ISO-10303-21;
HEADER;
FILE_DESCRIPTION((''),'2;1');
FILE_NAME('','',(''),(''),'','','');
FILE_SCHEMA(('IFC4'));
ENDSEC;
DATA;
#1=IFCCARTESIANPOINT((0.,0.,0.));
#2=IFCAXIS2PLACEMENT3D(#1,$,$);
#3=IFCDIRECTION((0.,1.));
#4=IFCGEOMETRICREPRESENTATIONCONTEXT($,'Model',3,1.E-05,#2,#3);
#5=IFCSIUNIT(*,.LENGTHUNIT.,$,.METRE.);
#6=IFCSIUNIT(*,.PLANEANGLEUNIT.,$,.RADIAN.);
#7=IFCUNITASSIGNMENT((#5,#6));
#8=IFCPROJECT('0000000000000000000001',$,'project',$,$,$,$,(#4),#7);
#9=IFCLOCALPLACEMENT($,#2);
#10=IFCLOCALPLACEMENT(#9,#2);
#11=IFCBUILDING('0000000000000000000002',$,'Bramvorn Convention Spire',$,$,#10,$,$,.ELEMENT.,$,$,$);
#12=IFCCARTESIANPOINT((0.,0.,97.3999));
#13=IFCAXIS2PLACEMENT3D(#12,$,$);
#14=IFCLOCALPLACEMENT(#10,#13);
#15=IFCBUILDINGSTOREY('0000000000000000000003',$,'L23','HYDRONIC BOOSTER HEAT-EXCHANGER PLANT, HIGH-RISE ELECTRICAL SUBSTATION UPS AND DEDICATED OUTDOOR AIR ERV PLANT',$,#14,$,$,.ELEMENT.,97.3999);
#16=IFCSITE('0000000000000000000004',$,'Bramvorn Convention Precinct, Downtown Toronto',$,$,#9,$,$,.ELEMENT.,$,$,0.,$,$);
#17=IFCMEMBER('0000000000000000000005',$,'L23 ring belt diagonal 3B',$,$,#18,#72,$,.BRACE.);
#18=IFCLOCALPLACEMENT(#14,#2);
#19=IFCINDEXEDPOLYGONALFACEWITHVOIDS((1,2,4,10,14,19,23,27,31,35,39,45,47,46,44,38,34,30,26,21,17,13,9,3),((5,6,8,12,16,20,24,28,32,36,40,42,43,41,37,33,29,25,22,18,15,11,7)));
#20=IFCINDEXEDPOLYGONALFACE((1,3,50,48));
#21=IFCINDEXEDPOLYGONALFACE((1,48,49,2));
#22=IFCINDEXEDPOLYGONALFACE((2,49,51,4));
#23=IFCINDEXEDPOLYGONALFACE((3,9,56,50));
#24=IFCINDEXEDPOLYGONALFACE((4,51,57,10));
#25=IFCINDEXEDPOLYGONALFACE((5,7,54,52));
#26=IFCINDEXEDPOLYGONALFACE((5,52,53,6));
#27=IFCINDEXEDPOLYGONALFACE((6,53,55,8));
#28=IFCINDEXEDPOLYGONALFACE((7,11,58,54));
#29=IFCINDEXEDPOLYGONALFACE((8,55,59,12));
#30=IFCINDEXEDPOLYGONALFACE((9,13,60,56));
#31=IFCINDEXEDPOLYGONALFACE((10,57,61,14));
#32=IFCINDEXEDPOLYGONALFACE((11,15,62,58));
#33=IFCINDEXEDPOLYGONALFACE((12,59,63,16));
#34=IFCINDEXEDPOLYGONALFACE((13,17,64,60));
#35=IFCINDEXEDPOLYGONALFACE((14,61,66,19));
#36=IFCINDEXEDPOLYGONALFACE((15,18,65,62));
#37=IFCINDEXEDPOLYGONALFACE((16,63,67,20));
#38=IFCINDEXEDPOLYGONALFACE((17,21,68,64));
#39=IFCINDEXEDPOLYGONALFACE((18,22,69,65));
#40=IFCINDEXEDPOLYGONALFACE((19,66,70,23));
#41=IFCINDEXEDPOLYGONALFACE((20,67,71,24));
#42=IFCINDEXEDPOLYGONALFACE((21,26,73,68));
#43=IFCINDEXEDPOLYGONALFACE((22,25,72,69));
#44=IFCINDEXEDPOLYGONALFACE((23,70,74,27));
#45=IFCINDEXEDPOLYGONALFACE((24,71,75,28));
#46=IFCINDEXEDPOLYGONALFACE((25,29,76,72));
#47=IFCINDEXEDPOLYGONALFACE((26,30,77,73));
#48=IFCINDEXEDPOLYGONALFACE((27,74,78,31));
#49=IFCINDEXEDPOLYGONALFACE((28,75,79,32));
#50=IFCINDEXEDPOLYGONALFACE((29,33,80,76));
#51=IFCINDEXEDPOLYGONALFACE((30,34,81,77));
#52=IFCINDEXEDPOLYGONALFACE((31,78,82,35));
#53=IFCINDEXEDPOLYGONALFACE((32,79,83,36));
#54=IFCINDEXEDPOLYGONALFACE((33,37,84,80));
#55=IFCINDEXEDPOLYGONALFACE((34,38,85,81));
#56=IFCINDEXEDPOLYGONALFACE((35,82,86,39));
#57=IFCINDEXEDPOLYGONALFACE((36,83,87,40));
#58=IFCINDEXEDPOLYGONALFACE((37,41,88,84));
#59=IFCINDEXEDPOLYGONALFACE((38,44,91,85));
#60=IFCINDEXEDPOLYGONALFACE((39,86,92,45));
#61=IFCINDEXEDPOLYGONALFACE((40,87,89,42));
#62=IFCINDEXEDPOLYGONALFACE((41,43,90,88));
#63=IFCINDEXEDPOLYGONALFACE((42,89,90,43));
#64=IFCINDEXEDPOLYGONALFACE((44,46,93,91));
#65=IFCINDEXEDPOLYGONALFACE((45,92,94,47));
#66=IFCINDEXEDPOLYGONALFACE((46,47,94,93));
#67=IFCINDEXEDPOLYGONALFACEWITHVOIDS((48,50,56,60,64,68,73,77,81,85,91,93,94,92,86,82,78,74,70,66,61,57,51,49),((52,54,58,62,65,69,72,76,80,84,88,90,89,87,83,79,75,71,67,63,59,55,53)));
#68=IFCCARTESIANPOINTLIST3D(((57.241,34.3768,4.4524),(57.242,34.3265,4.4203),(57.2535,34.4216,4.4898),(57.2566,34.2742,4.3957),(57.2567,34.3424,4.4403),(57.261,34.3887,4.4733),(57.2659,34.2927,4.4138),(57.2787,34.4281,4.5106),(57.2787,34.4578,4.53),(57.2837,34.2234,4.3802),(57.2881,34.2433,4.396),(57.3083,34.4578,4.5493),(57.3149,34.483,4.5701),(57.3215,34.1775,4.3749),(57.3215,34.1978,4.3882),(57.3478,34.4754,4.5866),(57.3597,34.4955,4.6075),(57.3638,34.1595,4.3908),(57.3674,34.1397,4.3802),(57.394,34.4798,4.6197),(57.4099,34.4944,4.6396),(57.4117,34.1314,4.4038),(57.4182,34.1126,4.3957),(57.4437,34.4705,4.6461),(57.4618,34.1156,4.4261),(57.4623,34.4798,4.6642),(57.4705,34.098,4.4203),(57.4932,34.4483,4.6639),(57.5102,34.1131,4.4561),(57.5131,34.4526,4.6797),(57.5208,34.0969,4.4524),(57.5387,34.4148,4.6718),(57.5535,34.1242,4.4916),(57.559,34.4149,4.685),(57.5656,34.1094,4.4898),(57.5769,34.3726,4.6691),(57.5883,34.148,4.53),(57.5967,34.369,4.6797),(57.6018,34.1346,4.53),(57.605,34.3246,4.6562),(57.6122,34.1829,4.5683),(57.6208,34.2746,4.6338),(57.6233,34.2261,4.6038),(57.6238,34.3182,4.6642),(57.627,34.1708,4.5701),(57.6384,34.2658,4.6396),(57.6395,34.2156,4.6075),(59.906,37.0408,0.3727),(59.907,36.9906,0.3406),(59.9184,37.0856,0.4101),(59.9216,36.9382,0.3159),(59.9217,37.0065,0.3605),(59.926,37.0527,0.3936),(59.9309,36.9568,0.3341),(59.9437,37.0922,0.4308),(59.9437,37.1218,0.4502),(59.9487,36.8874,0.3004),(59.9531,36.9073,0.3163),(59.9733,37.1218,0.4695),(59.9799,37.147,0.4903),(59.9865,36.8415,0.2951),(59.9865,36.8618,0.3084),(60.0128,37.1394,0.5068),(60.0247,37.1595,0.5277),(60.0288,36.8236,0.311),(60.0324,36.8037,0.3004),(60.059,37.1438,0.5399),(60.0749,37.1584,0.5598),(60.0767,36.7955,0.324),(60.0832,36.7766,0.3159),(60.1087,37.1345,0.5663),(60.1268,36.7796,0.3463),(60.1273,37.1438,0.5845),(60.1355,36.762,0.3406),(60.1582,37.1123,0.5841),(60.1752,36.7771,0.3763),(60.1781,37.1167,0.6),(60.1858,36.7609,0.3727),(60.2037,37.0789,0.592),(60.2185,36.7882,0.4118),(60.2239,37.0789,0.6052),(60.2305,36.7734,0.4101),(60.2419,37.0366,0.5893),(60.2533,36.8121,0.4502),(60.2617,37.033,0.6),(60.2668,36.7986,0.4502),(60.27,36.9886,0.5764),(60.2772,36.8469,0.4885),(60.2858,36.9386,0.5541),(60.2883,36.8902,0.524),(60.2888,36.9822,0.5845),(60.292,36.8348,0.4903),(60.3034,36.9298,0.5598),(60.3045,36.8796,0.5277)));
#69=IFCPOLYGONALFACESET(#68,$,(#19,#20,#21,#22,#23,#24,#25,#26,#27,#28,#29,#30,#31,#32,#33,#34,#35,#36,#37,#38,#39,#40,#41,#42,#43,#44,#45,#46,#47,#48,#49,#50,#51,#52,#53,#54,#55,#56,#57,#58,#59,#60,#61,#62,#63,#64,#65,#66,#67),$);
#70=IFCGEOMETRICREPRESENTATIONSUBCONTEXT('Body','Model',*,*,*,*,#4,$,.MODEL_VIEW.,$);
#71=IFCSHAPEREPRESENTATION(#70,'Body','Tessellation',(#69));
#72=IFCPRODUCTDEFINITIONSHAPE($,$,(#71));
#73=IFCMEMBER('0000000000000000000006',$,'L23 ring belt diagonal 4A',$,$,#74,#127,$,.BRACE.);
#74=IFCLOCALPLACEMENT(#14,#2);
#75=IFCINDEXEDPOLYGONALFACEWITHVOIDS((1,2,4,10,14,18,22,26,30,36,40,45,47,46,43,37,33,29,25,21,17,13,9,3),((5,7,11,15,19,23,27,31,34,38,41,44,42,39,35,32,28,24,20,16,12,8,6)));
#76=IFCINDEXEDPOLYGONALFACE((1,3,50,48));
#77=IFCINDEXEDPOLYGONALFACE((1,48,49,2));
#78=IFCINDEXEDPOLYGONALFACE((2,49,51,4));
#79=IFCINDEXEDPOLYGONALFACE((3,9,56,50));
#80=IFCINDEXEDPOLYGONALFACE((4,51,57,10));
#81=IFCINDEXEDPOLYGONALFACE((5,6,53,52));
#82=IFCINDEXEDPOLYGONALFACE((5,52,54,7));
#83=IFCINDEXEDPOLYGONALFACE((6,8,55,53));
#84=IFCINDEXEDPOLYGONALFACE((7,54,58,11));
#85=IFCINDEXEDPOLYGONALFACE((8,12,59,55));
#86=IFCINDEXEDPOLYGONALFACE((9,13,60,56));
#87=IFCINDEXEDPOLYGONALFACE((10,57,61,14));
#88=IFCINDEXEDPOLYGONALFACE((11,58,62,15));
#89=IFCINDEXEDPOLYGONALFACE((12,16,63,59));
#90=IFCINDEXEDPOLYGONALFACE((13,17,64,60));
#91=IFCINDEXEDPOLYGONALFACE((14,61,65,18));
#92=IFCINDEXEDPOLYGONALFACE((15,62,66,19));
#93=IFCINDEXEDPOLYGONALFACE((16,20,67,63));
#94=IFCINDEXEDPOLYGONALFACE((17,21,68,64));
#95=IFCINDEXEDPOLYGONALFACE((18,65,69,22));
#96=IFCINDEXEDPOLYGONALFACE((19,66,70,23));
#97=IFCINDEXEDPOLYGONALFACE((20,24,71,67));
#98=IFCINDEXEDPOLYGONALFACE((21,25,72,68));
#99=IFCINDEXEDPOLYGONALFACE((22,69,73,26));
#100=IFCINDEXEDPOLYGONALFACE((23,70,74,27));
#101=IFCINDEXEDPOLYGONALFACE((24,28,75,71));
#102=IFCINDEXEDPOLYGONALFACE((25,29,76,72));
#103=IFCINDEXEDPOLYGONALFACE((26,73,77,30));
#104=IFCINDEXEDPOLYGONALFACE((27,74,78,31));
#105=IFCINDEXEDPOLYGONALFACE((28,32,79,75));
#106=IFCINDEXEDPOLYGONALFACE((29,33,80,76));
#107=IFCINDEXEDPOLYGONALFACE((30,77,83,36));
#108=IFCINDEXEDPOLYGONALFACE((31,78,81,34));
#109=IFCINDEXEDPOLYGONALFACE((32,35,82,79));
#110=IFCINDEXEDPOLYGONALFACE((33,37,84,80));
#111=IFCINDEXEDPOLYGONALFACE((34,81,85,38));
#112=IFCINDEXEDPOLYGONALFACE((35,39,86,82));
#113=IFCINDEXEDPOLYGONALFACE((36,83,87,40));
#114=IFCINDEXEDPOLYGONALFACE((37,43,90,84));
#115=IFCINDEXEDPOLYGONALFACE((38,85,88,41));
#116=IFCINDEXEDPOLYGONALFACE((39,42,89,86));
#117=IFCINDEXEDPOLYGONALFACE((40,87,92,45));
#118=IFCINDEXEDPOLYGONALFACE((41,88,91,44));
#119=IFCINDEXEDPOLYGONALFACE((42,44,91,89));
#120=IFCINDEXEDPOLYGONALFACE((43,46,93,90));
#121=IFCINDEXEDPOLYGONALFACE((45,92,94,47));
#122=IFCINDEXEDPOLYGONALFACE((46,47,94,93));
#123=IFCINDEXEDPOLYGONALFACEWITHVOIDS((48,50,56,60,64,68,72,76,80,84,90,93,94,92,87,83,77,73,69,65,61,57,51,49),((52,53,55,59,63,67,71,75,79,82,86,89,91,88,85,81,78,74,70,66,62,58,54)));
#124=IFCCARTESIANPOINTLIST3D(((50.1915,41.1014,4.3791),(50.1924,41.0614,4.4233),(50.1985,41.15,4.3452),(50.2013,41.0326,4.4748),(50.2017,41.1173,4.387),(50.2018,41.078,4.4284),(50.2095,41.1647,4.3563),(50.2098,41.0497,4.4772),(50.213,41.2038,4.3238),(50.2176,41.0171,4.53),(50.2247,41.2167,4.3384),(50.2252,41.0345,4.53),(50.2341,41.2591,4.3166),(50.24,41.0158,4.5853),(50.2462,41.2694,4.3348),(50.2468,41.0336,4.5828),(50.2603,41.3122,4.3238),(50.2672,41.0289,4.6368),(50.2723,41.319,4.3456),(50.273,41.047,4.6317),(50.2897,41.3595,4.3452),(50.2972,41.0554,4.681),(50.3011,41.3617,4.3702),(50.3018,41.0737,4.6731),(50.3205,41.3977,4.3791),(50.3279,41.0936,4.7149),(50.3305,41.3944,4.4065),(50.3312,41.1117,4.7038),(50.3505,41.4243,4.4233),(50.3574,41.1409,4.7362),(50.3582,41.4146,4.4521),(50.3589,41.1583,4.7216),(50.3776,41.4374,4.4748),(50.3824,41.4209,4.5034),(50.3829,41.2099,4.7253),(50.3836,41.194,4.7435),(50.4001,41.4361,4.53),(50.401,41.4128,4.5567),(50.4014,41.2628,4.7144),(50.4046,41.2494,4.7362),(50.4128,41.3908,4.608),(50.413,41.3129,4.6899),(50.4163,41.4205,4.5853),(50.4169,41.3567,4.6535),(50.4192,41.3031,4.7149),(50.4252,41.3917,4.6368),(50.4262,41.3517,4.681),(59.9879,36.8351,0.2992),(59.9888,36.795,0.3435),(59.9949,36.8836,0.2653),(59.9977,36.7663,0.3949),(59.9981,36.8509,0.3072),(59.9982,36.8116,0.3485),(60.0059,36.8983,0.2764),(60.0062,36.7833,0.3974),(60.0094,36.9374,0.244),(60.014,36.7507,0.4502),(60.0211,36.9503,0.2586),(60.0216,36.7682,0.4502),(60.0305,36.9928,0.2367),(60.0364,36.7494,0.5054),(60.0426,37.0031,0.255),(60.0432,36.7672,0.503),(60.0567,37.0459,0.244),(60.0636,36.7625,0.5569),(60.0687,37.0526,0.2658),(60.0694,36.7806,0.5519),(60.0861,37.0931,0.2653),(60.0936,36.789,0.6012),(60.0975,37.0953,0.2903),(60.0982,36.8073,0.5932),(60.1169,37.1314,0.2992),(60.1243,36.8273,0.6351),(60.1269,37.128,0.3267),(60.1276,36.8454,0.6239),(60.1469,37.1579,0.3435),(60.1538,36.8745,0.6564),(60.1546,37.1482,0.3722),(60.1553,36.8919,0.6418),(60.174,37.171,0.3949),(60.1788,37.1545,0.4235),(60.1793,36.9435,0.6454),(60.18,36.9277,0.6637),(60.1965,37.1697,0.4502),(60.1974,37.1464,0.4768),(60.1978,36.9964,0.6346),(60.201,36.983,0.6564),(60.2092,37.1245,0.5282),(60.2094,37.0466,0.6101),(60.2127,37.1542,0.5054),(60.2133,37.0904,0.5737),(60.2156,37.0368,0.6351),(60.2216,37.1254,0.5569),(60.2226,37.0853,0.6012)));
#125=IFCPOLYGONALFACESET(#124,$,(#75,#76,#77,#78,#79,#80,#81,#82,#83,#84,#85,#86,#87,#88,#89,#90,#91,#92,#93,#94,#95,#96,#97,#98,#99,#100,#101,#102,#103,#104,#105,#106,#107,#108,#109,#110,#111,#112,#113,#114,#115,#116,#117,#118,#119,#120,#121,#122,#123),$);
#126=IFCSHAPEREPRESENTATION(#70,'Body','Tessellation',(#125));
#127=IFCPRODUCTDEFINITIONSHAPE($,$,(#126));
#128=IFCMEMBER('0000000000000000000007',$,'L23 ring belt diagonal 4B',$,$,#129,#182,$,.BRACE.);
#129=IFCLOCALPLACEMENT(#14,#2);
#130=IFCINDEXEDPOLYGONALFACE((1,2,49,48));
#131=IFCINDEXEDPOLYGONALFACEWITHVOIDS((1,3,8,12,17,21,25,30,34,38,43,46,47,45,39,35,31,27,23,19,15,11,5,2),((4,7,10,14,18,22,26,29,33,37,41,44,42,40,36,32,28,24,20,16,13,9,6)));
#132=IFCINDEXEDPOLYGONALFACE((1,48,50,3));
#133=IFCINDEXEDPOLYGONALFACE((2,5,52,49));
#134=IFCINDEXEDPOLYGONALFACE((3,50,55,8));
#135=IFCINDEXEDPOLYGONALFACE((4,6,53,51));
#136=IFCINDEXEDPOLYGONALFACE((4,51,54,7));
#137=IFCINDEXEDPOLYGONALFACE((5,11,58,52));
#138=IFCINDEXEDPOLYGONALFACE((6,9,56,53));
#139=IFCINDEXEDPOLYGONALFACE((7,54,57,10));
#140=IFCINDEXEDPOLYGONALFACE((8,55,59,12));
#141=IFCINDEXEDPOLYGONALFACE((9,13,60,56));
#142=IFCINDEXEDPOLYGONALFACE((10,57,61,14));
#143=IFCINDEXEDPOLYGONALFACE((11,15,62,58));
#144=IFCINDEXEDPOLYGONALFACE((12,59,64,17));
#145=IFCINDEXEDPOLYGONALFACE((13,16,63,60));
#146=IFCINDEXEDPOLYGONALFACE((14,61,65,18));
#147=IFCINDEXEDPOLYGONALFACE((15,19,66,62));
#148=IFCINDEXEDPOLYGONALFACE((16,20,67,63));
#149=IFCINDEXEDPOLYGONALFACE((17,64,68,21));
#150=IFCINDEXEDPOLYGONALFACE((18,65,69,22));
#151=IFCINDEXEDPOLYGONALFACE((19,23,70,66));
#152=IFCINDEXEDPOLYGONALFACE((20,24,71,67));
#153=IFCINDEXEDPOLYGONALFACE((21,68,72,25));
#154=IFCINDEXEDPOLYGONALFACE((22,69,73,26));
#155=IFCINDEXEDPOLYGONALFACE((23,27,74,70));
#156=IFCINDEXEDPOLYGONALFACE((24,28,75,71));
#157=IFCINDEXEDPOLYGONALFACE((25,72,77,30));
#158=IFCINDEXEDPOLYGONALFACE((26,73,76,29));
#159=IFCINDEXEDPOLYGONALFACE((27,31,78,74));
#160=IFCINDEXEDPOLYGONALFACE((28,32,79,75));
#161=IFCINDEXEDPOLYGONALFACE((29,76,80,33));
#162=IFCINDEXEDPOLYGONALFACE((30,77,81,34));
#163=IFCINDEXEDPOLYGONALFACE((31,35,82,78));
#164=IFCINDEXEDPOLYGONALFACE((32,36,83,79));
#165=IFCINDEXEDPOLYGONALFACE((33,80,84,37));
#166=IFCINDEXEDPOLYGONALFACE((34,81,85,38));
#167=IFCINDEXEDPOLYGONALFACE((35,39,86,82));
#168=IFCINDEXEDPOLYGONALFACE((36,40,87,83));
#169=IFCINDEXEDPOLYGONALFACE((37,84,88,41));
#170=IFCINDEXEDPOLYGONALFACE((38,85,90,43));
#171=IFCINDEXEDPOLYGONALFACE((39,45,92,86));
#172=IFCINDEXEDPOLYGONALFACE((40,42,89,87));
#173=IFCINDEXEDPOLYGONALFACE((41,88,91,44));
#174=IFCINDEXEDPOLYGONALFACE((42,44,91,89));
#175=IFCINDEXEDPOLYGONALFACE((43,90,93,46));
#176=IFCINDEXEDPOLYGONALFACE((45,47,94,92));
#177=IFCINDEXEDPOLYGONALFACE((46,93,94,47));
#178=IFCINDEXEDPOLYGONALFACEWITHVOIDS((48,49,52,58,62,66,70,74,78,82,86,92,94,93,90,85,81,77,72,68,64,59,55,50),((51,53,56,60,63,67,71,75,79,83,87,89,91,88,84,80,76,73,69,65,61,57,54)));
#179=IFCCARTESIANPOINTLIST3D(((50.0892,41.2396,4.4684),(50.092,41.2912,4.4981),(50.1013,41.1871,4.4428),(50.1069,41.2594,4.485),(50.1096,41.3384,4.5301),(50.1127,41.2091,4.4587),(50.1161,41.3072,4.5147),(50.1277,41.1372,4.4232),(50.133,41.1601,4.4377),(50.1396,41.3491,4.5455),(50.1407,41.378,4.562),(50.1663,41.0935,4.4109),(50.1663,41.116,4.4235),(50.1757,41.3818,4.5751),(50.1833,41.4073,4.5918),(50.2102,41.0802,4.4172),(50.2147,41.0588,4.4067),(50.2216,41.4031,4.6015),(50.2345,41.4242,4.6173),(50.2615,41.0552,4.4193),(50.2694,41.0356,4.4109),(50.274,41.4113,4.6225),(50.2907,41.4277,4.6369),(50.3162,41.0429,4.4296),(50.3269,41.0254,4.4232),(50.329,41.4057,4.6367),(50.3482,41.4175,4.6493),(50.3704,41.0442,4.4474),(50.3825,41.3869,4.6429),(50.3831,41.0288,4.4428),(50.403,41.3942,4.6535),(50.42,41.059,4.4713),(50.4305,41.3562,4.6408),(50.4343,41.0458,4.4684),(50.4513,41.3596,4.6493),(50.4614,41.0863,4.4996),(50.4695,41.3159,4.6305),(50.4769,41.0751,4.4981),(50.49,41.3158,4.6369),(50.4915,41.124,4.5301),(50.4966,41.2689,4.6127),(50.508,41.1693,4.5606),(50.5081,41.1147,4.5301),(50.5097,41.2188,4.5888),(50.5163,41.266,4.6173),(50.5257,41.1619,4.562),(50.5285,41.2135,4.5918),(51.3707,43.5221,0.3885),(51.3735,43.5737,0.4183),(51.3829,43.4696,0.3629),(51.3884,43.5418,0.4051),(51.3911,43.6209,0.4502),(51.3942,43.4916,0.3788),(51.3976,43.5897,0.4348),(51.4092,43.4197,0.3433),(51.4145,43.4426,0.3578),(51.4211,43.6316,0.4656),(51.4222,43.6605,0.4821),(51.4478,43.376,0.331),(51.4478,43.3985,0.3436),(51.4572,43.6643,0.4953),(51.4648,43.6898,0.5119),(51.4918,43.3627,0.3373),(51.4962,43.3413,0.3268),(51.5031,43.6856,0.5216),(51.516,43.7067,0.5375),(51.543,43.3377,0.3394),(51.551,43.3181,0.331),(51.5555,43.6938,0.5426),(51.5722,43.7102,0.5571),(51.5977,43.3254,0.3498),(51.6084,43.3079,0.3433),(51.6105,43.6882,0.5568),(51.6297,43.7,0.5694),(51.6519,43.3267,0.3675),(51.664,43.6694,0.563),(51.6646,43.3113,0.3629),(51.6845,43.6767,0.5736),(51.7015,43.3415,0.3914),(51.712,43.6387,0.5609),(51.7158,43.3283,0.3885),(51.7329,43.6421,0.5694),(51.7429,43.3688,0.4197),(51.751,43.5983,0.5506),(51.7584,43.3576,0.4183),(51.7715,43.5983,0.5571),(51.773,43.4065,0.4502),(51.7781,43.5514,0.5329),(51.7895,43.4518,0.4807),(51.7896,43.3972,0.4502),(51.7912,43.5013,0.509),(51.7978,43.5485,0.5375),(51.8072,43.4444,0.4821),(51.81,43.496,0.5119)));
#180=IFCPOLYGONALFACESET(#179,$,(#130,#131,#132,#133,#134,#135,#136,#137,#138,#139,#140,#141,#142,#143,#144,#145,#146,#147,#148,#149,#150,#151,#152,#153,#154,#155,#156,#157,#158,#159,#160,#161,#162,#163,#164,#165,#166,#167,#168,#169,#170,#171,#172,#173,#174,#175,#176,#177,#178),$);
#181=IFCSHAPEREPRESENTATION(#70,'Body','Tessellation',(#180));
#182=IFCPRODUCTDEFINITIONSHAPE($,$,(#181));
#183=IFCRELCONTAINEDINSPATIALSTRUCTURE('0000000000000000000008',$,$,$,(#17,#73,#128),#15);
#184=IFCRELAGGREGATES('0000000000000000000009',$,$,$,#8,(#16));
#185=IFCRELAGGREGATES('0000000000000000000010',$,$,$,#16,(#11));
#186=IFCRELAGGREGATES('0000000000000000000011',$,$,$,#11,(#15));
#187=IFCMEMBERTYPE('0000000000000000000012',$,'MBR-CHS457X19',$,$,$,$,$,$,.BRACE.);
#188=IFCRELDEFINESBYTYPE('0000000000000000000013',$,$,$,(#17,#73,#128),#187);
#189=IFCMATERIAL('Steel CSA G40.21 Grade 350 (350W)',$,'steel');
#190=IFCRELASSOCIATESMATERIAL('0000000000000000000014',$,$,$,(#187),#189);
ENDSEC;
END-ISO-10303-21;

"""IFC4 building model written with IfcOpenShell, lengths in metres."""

from ifc_helpers import new_model, si_unit, direction, frame, origin, origin_2d, place, context, subcontext, project, spatial, hollow_circle, extrude, material, material_profile, profile_set, type_object, element, save


model = new_model("IFC4")

# Units and contexts
model_context = context("Model", 3, precision=1e-05, world=origin(), true_north=direction((0.0, 1.0)))
body_context = subcontext(model_context, "Body", "Model", "MODEL_VIEW")
ifc_project = project(units=[si_unit("LENGTHUNIT", "METRE"), si_unit("PLANEANGLEUNIT", "RADIAN")], contexts=[model_context])

# Site, building, storey
site_placement = place(None, origin())
site = spatial("IfcSite", under=ifc_project, at=site_placement, Name="Bramvorn Convention Precinct, Downtown Toronto", CompositionType="ELEMENT", RefElevation=0.0)
building_placement = place(site_placement, origin())
building = spatial("IfcBuilding", under=site, at=building_placement, Name="Bramvorn Convention Spire", CompositionType="ELEMENT")
storey_placement = place(building_placement, frame((0.0, 0.0, 97.3999)))
storey = spatial("IfcBuildingStorey", under=building, at=storey_placement, Name="L23", Description="HYDRONIC BOOSTER HEAT-EXCHANGER PLANT, HIGH-RISE ELECTRICAL SUBSTATION UPS AND DEDICATED OUTDOOR AIR ERV PLANT", CompositionType="ELEMENT", Elevation=97.3999)

# Shared definitions
ifc_material_1 = material(Name="Steel CSA G40.21 Grade 350 (350W)", Category="steel")

# Members
ifc_material_profile_1 = material_profile(ifc_material_1, hollow_circle(Radius=0.2285, WallThickness=0.019, at=origin_2d()))
ifc_profile_set_1 = profile_set([ifc_material_profile_1], Name="Steel CSA G40.21 Grade 350 (350W) - CHS457X19")
member_type_1 = type_object("IfcMemberType", Name="MBR-CHS457X19", PredefinedType="BRACE", material=ifc_profile_set_1)
member_1_placement = place(storey_placement, frame((60.1052, 36.9602, 0.4502), z_axis=(-0.479859, -0.479683, 0.734602), x_axis=(0.706977, -0.707236, 0.0)))
element("IfcMember", 1, at=member_1_placement, inside=storey, type_object=member_type_1, Name="L23 ring belt diagonal 3B", PredefinedType="BRACE", context=body_context, shape_type="SweptSolid", body=[
    extrude(hollow_circle(Radius=0.2285, WallThickness=0.019, at=origin_2d()), origin(), (0.0, 0.0, 1.0), 5.5537),
])
member_2_placement = place(storey_placement, frame((60.1052, 36.9602, 0.4502), z_axis=(-0.856516, 0.373015, 0.356707), x_axis=(-0.399282, -0.916828, 0.0)))
element("IfcMember", 2, at=member_2_placement, inside=storey, type_object=member_type_1, Name="L23 ring belt diagonal 4A", PredefinedType="BRACE", context=body_context, shape_type="SweptSolid", body=[
    extrude(hollow_circle(Radius=0.2285, WallThickness=0.019, at=origin_2d()), origin(), (0.0, 0.0, 1.0), 11.4375),
])
member_3_placement = place(storey_placement, frame((51.5903, 43.509, 0.4502), z_axis=(-0.264369, -0.470868, 0.84166), x_axis=(0.871966, -0.489566, 0.0)))
element("IfcMember", 3, at=member_3_placement, inside=storey, type_object=member_type_1, Name="L23 ring belt diagonal 4B", PredefinedType="BRACE", context=body_context, shape_type="SweptSolid", body=[
    extrude(hollow_circle(Radius=0.2285, WallThickness=0.019, at=origin_2d()), origin(), (0.0, 0.0, 1.0), 4.8474),
])

save(model, "model.ifc")
